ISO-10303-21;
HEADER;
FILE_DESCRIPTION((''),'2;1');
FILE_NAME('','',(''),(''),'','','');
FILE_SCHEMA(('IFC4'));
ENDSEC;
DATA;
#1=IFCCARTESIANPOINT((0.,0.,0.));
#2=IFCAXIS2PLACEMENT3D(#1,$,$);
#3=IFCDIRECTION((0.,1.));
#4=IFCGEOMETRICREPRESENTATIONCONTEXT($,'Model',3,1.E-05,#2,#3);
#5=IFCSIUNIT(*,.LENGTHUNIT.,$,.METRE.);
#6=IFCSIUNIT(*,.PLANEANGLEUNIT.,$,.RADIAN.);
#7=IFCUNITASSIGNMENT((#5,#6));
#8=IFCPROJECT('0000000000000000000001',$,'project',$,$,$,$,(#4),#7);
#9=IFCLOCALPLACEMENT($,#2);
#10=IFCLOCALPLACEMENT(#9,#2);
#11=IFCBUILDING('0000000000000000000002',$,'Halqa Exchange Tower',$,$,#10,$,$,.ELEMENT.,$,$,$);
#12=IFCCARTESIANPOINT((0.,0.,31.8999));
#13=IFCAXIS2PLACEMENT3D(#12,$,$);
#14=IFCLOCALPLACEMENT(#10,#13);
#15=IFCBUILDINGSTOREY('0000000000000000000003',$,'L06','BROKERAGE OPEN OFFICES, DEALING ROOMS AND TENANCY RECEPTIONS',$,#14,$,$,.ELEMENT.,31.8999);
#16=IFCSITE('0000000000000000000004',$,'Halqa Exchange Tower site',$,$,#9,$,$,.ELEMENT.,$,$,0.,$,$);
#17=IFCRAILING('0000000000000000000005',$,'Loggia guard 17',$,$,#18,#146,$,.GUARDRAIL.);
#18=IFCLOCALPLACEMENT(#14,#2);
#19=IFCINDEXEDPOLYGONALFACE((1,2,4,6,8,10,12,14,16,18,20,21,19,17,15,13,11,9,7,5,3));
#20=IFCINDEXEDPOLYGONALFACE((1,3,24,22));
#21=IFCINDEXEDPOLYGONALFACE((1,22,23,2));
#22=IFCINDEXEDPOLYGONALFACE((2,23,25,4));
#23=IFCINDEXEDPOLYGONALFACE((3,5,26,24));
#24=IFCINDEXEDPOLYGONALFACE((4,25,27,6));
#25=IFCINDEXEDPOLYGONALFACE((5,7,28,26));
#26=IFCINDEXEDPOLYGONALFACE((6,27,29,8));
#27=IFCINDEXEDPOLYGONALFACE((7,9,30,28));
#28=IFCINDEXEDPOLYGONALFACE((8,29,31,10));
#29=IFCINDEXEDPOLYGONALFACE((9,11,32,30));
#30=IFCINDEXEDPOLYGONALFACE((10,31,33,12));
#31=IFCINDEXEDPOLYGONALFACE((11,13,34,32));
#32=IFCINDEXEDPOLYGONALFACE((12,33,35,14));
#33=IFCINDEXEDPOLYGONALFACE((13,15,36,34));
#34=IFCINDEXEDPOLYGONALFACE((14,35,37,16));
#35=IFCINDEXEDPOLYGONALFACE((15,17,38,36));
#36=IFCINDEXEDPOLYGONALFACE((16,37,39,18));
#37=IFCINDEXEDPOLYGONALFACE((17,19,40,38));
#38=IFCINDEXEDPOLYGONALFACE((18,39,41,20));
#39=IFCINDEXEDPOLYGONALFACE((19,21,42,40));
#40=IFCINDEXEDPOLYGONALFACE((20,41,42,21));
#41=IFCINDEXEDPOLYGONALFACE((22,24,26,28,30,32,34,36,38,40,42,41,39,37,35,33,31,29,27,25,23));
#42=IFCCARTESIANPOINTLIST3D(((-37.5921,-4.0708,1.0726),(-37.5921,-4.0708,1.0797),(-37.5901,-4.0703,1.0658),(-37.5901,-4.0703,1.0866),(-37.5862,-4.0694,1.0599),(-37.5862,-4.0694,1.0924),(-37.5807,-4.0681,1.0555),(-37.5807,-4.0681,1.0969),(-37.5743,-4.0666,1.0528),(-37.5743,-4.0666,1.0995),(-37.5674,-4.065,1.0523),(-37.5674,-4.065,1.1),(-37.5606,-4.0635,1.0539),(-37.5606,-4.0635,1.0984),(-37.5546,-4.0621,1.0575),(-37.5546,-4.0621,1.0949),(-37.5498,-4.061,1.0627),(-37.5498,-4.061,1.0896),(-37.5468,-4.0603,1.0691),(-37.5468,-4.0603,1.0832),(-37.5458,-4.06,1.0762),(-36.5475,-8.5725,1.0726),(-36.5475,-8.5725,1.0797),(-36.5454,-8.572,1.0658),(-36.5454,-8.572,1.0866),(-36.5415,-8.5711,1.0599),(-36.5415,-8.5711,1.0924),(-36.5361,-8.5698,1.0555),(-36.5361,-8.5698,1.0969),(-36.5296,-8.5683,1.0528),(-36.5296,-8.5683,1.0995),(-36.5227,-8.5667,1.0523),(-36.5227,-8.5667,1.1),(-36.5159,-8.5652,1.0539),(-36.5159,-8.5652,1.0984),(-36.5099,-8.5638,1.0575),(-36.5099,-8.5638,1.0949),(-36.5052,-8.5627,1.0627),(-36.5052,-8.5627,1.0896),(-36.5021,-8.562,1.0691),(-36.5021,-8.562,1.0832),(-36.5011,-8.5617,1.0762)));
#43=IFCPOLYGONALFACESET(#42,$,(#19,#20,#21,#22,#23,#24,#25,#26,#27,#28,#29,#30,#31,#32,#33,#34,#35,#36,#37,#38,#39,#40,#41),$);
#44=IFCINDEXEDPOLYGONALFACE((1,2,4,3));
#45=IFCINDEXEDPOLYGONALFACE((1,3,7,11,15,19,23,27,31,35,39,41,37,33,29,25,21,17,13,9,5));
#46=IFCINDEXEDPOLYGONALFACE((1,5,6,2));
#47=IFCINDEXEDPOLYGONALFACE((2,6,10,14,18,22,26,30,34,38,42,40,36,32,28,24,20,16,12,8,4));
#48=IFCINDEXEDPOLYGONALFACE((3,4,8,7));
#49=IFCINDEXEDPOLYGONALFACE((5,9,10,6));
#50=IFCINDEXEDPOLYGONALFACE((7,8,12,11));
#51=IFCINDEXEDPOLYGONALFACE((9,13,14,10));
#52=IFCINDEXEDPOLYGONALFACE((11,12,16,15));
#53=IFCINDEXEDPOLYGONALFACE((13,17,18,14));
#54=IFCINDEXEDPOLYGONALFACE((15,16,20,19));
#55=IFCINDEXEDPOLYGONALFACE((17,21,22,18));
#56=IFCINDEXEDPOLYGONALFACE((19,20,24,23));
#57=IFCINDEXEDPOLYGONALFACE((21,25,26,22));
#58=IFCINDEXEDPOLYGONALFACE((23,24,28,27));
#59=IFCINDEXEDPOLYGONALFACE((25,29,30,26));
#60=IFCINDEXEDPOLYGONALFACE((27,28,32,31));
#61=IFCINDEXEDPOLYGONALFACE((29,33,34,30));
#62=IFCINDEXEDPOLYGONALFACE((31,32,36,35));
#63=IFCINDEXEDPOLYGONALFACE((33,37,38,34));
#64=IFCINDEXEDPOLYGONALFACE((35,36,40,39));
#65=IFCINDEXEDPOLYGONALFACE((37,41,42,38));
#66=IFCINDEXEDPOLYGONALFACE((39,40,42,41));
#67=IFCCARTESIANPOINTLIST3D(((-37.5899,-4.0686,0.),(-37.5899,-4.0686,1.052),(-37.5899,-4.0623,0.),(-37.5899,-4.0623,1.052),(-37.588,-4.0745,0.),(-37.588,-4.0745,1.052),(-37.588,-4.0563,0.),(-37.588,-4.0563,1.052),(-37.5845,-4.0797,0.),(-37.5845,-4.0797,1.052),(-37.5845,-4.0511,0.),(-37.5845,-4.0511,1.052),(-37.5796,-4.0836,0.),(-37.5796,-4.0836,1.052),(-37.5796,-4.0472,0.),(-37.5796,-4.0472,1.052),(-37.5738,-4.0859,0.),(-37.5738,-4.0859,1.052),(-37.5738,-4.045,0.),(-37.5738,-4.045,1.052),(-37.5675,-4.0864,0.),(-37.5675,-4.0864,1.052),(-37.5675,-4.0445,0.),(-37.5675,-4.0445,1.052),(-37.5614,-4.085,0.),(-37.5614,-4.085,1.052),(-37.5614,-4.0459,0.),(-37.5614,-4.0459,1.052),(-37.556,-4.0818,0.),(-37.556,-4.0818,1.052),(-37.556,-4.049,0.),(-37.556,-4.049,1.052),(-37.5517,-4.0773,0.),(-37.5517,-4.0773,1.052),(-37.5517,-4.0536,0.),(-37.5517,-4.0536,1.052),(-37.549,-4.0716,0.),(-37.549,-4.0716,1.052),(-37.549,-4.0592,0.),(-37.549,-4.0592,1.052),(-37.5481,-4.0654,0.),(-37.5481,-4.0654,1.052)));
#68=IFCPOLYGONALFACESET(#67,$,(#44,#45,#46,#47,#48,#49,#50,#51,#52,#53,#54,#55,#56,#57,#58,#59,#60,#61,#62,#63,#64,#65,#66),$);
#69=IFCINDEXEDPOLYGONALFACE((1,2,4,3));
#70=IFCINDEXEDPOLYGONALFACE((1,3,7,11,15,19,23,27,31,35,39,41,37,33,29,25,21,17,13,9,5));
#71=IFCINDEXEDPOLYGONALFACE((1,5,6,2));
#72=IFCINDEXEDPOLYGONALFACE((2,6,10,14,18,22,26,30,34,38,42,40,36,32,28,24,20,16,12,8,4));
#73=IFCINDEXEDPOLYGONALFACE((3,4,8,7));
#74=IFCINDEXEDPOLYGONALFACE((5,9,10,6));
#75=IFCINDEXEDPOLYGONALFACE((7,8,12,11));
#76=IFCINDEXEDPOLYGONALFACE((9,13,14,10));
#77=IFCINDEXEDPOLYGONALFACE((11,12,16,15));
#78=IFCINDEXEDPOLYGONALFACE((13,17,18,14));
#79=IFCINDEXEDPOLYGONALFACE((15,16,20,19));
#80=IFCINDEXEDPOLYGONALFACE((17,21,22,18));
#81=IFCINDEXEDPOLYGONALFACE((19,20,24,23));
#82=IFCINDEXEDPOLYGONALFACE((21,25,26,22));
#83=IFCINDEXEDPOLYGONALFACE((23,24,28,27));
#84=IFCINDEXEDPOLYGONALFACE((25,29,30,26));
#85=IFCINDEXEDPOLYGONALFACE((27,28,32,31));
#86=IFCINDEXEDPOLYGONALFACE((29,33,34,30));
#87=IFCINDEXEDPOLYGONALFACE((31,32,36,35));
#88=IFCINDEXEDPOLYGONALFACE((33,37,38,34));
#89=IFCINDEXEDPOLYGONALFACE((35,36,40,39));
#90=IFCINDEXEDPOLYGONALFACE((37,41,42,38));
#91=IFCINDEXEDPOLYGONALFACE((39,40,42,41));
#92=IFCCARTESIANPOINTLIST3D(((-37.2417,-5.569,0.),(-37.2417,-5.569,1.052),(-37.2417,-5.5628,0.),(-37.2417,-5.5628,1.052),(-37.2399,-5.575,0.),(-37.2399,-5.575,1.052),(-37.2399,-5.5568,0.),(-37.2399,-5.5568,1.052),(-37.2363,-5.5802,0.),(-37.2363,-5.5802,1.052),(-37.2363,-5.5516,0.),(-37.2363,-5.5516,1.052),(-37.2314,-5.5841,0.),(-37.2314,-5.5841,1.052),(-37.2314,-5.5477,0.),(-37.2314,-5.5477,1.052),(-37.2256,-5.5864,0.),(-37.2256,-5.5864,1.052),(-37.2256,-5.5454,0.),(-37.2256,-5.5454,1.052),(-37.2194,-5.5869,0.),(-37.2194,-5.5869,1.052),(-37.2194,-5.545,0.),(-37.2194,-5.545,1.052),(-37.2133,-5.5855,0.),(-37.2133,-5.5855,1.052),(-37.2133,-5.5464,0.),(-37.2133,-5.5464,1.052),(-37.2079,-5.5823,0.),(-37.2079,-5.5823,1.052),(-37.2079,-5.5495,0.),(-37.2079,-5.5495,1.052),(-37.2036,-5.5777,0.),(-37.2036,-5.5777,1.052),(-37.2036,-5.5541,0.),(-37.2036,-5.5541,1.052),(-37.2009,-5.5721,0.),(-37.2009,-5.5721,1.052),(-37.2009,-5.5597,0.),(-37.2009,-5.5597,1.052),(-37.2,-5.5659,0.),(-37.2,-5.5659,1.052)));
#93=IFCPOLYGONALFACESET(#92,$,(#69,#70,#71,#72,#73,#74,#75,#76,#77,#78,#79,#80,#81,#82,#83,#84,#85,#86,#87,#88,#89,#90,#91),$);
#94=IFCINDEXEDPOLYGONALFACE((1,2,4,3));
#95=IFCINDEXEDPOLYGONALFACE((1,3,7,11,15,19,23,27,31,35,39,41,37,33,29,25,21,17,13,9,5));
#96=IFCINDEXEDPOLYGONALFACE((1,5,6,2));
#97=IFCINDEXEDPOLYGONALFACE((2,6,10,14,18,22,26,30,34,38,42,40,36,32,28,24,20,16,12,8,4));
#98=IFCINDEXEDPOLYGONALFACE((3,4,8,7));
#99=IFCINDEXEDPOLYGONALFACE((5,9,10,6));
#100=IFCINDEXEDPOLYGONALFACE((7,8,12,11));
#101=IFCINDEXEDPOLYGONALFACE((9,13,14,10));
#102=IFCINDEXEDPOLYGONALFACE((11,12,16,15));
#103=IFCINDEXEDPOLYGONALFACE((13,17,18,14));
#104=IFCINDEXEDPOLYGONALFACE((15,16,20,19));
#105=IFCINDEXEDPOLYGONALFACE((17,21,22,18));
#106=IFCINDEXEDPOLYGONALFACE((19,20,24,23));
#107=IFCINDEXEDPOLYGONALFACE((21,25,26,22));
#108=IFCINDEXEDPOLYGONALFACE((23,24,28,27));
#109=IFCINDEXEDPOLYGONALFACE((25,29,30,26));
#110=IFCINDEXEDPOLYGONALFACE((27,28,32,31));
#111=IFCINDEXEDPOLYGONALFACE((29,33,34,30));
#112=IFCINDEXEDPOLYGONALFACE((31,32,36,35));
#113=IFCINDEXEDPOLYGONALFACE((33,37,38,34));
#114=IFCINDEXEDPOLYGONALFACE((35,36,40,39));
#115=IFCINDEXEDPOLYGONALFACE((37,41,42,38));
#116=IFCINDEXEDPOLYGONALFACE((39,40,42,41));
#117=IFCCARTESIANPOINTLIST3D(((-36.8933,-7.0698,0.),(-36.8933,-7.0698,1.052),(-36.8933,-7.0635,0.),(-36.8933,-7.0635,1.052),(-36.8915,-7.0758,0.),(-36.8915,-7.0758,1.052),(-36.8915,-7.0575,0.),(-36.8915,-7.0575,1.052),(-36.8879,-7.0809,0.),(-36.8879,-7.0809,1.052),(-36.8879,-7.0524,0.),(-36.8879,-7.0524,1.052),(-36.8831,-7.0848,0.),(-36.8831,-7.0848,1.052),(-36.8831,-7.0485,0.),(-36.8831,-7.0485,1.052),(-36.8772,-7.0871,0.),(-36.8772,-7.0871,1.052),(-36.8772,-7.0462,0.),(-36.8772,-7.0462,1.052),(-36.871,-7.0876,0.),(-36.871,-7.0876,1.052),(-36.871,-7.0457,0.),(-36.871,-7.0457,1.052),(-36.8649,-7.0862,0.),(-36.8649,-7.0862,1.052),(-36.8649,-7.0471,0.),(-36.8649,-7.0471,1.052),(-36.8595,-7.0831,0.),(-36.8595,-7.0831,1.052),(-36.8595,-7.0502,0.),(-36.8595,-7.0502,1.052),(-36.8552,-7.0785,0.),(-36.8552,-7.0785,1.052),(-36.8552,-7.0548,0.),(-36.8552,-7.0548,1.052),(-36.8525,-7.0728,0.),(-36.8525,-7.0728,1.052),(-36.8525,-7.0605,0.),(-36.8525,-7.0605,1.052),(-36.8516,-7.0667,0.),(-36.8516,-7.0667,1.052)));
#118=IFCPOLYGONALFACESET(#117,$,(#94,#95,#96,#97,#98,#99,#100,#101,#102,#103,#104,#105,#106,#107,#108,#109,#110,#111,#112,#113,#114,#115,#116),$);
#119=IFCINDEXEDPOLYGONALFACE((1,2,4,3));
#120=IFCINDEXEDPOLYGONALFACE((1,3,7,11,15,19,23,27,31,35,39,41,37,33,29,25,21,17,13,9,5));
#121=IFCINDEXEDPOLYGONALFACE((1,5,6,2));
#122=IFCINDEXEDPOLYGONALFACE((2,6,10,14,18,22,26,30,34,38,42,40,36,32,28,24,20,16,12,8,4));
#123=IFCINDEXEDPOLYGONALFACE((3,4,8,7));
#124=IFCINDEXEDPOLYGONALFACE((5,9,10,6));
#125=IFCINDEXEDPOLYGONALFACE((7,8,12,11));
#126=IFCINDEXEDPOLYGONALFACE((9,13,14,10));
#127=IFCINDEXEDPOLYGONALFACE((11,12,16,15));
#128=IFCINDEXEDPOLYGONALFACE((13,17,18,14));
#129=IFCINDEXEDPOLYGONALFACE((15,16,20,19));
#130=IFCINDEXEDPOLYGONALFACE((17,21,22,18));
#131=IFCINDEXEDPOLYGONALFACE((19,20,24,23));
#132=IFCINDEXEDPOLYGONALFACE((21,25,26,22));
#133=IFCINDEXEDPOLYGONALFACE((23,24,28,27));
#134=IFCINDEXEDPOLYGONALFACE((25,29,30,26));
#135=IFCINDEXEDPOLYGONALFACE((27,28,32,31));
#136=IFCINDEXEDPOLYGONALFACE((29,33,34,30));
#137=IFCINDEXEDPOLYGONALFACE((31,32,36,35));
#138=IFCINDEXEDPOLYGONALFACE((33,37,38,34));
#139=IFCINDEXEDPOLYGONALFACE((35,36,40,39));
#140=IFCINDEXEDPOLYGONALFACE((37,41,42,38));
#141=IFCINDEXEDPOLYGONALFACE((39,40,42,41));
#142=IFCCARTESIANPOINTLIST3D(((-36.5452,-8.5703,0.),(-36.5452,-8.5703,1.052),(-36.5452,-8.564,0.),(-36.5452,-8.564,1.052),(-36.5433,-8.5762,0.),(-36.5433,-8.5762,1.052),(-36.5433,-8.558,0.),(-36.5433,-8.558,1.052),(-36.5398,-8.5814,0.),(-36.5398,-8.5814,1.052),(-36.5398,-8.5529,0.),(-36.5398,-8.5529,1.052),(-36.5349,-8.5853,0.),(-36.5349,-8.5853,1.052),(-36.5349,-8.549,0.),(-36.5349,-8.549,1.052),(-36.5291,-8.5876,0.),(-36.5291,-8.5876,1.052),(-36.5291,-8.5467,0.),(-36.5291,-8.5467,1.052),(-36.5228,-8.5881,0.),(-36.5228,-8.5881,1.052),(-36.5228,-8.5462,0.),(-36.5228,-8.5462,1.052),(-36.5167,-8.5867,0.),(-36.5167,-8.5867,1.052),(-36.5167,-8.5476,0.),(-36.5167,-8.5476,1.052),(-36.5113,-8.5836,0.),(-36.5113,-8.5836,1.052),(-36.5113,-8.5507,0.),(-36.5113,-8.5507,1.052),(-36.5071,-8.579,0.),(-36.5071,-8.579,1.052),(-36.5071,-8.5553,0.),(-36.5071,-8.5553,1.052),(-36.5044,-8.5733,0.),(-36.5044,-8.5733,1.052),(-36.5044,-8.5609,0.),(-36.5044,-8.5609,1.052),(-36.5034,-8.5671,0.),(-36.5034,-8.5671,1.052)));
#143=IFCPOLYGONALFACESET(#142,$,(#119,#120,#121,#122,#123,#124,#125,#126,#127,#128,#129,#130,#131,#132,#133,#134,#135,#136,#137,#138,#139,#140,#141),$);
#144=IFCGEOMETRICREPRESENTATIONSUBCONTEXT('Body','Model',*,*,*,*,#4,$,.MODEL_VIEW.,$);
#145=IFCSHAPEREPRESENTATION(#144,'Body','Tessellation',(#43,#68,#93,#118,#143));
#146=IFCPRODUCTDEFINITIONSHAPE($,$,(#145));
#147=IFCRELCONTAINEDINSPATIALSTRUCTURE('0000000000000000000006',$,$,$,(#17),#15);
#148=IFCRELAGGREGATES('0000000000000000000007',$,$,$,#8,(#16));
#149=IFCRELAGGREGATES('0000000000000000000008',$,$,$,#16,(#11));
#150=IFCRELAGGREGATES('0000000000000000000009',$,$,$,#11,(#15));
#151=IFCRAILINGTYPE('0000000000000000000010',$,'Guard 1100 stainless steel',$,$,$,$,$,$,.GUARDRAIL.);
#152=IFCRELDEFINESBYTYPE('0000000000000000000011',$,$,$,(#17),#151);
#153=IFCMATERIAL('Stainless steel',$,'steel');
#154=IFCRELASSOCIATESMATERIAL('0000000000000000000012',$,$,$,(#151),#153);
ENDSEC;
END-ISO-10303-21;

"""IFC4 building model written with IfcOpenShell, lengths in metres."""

from ifc_helpers import new_model, si_unit, direction, frame, origin, origin_2d, place, context, subcontext, project, spatial, circle, extrude, material, type_object, element, save


model = new_model("IFC4")

# Units and contexts
model_context = context("Model", 3, precision=1e-05, world=origin(), true_north=direction((0.0, 1.0)))
body_context = subcontext(model_context, "Body", "Model", "MODEL_VIEW")
ifc_project = project(units=[si_unit("LENGTHUNIT", "METRE"), si_unit("PLANEANGLEUNIT", "RADIAN")], contexts=[model_context])

# Site, building, storey
site_placement = place(None, origin())
site = spatial("IfcSite", under=ifc_project, at=site_placement, Name="Halqa Exchange Tower site", CompositionType="ELEMENT", RefElevation=0.0)
building_placement = place(site_placement, origin())
building = spatial("IfcBuilding", under=site, at=building_placement, Name="Halqa Exchange Tower", CompositionType="ELEMENT")
storey_placement = place(building_placement, frame((0.0, 0.0, 31.8999)))
storey = spatial("IfcBuildingStorey", under=building, at=storey_placement, Name="L06", Description="BROKERAGE OPEN OFFICES, DEALING ROOMS AND TENANCY RECEPTIONS", CompositionType="ELEMENT", Elevation=31.8999)

# Railing
ifc_material_1 = material(Name="Stainless steel", Category="steel")
railing_type = type_object("IfcRailingType", Name="Guard 1100 stainless steel", PredefinedType="GUARDRAIL", material=ifc_material_1)
railing_1_placement = place(storey_placement, frame((-37.5691, -4.0654, 0.0)))
element("IfcRailing", 1, at=railing_1_placement, inside=storey, type_object=railing_type, Name="Loggia guard 17", PredefinedType="GUARDRAIL", context=body_context, shape_type="SweptSolid", body=[
    extrude(circle(Radius=0.0239, at=origin_2d()), frame((0.0, 0.0, 1.0762), z_axis=(0.226055, -0.974114, 0.0), x_axis=(0.974114, 0.226055, 0.0)), (0.0, 0.0, 1.0), 4.6213),
    extrude(circle(Radius=0.021, at=origin_2d()), origin(), (0.0, 0.0, 1.0), 1.052),
    extrude(circle(Radius=0.021, at=origin_2d()), frame((0.3481, -1.5005, 0.0)), (0.0, 0.0, 1.0), 1.052),
    extrude(circle(Radius=0.021, at=origin_2d()), frame((0.6965, -3.0012, 0.0)), (0.0, 0.0, 1.0), 1.052),
    extrude(circle(Radius=0.021, at=origin_2d()), frame((1.0447, -4.5017, 0.0)), (0.0, 0.0, 1.0), 1.052),
])

save(model, "model.ifc")
